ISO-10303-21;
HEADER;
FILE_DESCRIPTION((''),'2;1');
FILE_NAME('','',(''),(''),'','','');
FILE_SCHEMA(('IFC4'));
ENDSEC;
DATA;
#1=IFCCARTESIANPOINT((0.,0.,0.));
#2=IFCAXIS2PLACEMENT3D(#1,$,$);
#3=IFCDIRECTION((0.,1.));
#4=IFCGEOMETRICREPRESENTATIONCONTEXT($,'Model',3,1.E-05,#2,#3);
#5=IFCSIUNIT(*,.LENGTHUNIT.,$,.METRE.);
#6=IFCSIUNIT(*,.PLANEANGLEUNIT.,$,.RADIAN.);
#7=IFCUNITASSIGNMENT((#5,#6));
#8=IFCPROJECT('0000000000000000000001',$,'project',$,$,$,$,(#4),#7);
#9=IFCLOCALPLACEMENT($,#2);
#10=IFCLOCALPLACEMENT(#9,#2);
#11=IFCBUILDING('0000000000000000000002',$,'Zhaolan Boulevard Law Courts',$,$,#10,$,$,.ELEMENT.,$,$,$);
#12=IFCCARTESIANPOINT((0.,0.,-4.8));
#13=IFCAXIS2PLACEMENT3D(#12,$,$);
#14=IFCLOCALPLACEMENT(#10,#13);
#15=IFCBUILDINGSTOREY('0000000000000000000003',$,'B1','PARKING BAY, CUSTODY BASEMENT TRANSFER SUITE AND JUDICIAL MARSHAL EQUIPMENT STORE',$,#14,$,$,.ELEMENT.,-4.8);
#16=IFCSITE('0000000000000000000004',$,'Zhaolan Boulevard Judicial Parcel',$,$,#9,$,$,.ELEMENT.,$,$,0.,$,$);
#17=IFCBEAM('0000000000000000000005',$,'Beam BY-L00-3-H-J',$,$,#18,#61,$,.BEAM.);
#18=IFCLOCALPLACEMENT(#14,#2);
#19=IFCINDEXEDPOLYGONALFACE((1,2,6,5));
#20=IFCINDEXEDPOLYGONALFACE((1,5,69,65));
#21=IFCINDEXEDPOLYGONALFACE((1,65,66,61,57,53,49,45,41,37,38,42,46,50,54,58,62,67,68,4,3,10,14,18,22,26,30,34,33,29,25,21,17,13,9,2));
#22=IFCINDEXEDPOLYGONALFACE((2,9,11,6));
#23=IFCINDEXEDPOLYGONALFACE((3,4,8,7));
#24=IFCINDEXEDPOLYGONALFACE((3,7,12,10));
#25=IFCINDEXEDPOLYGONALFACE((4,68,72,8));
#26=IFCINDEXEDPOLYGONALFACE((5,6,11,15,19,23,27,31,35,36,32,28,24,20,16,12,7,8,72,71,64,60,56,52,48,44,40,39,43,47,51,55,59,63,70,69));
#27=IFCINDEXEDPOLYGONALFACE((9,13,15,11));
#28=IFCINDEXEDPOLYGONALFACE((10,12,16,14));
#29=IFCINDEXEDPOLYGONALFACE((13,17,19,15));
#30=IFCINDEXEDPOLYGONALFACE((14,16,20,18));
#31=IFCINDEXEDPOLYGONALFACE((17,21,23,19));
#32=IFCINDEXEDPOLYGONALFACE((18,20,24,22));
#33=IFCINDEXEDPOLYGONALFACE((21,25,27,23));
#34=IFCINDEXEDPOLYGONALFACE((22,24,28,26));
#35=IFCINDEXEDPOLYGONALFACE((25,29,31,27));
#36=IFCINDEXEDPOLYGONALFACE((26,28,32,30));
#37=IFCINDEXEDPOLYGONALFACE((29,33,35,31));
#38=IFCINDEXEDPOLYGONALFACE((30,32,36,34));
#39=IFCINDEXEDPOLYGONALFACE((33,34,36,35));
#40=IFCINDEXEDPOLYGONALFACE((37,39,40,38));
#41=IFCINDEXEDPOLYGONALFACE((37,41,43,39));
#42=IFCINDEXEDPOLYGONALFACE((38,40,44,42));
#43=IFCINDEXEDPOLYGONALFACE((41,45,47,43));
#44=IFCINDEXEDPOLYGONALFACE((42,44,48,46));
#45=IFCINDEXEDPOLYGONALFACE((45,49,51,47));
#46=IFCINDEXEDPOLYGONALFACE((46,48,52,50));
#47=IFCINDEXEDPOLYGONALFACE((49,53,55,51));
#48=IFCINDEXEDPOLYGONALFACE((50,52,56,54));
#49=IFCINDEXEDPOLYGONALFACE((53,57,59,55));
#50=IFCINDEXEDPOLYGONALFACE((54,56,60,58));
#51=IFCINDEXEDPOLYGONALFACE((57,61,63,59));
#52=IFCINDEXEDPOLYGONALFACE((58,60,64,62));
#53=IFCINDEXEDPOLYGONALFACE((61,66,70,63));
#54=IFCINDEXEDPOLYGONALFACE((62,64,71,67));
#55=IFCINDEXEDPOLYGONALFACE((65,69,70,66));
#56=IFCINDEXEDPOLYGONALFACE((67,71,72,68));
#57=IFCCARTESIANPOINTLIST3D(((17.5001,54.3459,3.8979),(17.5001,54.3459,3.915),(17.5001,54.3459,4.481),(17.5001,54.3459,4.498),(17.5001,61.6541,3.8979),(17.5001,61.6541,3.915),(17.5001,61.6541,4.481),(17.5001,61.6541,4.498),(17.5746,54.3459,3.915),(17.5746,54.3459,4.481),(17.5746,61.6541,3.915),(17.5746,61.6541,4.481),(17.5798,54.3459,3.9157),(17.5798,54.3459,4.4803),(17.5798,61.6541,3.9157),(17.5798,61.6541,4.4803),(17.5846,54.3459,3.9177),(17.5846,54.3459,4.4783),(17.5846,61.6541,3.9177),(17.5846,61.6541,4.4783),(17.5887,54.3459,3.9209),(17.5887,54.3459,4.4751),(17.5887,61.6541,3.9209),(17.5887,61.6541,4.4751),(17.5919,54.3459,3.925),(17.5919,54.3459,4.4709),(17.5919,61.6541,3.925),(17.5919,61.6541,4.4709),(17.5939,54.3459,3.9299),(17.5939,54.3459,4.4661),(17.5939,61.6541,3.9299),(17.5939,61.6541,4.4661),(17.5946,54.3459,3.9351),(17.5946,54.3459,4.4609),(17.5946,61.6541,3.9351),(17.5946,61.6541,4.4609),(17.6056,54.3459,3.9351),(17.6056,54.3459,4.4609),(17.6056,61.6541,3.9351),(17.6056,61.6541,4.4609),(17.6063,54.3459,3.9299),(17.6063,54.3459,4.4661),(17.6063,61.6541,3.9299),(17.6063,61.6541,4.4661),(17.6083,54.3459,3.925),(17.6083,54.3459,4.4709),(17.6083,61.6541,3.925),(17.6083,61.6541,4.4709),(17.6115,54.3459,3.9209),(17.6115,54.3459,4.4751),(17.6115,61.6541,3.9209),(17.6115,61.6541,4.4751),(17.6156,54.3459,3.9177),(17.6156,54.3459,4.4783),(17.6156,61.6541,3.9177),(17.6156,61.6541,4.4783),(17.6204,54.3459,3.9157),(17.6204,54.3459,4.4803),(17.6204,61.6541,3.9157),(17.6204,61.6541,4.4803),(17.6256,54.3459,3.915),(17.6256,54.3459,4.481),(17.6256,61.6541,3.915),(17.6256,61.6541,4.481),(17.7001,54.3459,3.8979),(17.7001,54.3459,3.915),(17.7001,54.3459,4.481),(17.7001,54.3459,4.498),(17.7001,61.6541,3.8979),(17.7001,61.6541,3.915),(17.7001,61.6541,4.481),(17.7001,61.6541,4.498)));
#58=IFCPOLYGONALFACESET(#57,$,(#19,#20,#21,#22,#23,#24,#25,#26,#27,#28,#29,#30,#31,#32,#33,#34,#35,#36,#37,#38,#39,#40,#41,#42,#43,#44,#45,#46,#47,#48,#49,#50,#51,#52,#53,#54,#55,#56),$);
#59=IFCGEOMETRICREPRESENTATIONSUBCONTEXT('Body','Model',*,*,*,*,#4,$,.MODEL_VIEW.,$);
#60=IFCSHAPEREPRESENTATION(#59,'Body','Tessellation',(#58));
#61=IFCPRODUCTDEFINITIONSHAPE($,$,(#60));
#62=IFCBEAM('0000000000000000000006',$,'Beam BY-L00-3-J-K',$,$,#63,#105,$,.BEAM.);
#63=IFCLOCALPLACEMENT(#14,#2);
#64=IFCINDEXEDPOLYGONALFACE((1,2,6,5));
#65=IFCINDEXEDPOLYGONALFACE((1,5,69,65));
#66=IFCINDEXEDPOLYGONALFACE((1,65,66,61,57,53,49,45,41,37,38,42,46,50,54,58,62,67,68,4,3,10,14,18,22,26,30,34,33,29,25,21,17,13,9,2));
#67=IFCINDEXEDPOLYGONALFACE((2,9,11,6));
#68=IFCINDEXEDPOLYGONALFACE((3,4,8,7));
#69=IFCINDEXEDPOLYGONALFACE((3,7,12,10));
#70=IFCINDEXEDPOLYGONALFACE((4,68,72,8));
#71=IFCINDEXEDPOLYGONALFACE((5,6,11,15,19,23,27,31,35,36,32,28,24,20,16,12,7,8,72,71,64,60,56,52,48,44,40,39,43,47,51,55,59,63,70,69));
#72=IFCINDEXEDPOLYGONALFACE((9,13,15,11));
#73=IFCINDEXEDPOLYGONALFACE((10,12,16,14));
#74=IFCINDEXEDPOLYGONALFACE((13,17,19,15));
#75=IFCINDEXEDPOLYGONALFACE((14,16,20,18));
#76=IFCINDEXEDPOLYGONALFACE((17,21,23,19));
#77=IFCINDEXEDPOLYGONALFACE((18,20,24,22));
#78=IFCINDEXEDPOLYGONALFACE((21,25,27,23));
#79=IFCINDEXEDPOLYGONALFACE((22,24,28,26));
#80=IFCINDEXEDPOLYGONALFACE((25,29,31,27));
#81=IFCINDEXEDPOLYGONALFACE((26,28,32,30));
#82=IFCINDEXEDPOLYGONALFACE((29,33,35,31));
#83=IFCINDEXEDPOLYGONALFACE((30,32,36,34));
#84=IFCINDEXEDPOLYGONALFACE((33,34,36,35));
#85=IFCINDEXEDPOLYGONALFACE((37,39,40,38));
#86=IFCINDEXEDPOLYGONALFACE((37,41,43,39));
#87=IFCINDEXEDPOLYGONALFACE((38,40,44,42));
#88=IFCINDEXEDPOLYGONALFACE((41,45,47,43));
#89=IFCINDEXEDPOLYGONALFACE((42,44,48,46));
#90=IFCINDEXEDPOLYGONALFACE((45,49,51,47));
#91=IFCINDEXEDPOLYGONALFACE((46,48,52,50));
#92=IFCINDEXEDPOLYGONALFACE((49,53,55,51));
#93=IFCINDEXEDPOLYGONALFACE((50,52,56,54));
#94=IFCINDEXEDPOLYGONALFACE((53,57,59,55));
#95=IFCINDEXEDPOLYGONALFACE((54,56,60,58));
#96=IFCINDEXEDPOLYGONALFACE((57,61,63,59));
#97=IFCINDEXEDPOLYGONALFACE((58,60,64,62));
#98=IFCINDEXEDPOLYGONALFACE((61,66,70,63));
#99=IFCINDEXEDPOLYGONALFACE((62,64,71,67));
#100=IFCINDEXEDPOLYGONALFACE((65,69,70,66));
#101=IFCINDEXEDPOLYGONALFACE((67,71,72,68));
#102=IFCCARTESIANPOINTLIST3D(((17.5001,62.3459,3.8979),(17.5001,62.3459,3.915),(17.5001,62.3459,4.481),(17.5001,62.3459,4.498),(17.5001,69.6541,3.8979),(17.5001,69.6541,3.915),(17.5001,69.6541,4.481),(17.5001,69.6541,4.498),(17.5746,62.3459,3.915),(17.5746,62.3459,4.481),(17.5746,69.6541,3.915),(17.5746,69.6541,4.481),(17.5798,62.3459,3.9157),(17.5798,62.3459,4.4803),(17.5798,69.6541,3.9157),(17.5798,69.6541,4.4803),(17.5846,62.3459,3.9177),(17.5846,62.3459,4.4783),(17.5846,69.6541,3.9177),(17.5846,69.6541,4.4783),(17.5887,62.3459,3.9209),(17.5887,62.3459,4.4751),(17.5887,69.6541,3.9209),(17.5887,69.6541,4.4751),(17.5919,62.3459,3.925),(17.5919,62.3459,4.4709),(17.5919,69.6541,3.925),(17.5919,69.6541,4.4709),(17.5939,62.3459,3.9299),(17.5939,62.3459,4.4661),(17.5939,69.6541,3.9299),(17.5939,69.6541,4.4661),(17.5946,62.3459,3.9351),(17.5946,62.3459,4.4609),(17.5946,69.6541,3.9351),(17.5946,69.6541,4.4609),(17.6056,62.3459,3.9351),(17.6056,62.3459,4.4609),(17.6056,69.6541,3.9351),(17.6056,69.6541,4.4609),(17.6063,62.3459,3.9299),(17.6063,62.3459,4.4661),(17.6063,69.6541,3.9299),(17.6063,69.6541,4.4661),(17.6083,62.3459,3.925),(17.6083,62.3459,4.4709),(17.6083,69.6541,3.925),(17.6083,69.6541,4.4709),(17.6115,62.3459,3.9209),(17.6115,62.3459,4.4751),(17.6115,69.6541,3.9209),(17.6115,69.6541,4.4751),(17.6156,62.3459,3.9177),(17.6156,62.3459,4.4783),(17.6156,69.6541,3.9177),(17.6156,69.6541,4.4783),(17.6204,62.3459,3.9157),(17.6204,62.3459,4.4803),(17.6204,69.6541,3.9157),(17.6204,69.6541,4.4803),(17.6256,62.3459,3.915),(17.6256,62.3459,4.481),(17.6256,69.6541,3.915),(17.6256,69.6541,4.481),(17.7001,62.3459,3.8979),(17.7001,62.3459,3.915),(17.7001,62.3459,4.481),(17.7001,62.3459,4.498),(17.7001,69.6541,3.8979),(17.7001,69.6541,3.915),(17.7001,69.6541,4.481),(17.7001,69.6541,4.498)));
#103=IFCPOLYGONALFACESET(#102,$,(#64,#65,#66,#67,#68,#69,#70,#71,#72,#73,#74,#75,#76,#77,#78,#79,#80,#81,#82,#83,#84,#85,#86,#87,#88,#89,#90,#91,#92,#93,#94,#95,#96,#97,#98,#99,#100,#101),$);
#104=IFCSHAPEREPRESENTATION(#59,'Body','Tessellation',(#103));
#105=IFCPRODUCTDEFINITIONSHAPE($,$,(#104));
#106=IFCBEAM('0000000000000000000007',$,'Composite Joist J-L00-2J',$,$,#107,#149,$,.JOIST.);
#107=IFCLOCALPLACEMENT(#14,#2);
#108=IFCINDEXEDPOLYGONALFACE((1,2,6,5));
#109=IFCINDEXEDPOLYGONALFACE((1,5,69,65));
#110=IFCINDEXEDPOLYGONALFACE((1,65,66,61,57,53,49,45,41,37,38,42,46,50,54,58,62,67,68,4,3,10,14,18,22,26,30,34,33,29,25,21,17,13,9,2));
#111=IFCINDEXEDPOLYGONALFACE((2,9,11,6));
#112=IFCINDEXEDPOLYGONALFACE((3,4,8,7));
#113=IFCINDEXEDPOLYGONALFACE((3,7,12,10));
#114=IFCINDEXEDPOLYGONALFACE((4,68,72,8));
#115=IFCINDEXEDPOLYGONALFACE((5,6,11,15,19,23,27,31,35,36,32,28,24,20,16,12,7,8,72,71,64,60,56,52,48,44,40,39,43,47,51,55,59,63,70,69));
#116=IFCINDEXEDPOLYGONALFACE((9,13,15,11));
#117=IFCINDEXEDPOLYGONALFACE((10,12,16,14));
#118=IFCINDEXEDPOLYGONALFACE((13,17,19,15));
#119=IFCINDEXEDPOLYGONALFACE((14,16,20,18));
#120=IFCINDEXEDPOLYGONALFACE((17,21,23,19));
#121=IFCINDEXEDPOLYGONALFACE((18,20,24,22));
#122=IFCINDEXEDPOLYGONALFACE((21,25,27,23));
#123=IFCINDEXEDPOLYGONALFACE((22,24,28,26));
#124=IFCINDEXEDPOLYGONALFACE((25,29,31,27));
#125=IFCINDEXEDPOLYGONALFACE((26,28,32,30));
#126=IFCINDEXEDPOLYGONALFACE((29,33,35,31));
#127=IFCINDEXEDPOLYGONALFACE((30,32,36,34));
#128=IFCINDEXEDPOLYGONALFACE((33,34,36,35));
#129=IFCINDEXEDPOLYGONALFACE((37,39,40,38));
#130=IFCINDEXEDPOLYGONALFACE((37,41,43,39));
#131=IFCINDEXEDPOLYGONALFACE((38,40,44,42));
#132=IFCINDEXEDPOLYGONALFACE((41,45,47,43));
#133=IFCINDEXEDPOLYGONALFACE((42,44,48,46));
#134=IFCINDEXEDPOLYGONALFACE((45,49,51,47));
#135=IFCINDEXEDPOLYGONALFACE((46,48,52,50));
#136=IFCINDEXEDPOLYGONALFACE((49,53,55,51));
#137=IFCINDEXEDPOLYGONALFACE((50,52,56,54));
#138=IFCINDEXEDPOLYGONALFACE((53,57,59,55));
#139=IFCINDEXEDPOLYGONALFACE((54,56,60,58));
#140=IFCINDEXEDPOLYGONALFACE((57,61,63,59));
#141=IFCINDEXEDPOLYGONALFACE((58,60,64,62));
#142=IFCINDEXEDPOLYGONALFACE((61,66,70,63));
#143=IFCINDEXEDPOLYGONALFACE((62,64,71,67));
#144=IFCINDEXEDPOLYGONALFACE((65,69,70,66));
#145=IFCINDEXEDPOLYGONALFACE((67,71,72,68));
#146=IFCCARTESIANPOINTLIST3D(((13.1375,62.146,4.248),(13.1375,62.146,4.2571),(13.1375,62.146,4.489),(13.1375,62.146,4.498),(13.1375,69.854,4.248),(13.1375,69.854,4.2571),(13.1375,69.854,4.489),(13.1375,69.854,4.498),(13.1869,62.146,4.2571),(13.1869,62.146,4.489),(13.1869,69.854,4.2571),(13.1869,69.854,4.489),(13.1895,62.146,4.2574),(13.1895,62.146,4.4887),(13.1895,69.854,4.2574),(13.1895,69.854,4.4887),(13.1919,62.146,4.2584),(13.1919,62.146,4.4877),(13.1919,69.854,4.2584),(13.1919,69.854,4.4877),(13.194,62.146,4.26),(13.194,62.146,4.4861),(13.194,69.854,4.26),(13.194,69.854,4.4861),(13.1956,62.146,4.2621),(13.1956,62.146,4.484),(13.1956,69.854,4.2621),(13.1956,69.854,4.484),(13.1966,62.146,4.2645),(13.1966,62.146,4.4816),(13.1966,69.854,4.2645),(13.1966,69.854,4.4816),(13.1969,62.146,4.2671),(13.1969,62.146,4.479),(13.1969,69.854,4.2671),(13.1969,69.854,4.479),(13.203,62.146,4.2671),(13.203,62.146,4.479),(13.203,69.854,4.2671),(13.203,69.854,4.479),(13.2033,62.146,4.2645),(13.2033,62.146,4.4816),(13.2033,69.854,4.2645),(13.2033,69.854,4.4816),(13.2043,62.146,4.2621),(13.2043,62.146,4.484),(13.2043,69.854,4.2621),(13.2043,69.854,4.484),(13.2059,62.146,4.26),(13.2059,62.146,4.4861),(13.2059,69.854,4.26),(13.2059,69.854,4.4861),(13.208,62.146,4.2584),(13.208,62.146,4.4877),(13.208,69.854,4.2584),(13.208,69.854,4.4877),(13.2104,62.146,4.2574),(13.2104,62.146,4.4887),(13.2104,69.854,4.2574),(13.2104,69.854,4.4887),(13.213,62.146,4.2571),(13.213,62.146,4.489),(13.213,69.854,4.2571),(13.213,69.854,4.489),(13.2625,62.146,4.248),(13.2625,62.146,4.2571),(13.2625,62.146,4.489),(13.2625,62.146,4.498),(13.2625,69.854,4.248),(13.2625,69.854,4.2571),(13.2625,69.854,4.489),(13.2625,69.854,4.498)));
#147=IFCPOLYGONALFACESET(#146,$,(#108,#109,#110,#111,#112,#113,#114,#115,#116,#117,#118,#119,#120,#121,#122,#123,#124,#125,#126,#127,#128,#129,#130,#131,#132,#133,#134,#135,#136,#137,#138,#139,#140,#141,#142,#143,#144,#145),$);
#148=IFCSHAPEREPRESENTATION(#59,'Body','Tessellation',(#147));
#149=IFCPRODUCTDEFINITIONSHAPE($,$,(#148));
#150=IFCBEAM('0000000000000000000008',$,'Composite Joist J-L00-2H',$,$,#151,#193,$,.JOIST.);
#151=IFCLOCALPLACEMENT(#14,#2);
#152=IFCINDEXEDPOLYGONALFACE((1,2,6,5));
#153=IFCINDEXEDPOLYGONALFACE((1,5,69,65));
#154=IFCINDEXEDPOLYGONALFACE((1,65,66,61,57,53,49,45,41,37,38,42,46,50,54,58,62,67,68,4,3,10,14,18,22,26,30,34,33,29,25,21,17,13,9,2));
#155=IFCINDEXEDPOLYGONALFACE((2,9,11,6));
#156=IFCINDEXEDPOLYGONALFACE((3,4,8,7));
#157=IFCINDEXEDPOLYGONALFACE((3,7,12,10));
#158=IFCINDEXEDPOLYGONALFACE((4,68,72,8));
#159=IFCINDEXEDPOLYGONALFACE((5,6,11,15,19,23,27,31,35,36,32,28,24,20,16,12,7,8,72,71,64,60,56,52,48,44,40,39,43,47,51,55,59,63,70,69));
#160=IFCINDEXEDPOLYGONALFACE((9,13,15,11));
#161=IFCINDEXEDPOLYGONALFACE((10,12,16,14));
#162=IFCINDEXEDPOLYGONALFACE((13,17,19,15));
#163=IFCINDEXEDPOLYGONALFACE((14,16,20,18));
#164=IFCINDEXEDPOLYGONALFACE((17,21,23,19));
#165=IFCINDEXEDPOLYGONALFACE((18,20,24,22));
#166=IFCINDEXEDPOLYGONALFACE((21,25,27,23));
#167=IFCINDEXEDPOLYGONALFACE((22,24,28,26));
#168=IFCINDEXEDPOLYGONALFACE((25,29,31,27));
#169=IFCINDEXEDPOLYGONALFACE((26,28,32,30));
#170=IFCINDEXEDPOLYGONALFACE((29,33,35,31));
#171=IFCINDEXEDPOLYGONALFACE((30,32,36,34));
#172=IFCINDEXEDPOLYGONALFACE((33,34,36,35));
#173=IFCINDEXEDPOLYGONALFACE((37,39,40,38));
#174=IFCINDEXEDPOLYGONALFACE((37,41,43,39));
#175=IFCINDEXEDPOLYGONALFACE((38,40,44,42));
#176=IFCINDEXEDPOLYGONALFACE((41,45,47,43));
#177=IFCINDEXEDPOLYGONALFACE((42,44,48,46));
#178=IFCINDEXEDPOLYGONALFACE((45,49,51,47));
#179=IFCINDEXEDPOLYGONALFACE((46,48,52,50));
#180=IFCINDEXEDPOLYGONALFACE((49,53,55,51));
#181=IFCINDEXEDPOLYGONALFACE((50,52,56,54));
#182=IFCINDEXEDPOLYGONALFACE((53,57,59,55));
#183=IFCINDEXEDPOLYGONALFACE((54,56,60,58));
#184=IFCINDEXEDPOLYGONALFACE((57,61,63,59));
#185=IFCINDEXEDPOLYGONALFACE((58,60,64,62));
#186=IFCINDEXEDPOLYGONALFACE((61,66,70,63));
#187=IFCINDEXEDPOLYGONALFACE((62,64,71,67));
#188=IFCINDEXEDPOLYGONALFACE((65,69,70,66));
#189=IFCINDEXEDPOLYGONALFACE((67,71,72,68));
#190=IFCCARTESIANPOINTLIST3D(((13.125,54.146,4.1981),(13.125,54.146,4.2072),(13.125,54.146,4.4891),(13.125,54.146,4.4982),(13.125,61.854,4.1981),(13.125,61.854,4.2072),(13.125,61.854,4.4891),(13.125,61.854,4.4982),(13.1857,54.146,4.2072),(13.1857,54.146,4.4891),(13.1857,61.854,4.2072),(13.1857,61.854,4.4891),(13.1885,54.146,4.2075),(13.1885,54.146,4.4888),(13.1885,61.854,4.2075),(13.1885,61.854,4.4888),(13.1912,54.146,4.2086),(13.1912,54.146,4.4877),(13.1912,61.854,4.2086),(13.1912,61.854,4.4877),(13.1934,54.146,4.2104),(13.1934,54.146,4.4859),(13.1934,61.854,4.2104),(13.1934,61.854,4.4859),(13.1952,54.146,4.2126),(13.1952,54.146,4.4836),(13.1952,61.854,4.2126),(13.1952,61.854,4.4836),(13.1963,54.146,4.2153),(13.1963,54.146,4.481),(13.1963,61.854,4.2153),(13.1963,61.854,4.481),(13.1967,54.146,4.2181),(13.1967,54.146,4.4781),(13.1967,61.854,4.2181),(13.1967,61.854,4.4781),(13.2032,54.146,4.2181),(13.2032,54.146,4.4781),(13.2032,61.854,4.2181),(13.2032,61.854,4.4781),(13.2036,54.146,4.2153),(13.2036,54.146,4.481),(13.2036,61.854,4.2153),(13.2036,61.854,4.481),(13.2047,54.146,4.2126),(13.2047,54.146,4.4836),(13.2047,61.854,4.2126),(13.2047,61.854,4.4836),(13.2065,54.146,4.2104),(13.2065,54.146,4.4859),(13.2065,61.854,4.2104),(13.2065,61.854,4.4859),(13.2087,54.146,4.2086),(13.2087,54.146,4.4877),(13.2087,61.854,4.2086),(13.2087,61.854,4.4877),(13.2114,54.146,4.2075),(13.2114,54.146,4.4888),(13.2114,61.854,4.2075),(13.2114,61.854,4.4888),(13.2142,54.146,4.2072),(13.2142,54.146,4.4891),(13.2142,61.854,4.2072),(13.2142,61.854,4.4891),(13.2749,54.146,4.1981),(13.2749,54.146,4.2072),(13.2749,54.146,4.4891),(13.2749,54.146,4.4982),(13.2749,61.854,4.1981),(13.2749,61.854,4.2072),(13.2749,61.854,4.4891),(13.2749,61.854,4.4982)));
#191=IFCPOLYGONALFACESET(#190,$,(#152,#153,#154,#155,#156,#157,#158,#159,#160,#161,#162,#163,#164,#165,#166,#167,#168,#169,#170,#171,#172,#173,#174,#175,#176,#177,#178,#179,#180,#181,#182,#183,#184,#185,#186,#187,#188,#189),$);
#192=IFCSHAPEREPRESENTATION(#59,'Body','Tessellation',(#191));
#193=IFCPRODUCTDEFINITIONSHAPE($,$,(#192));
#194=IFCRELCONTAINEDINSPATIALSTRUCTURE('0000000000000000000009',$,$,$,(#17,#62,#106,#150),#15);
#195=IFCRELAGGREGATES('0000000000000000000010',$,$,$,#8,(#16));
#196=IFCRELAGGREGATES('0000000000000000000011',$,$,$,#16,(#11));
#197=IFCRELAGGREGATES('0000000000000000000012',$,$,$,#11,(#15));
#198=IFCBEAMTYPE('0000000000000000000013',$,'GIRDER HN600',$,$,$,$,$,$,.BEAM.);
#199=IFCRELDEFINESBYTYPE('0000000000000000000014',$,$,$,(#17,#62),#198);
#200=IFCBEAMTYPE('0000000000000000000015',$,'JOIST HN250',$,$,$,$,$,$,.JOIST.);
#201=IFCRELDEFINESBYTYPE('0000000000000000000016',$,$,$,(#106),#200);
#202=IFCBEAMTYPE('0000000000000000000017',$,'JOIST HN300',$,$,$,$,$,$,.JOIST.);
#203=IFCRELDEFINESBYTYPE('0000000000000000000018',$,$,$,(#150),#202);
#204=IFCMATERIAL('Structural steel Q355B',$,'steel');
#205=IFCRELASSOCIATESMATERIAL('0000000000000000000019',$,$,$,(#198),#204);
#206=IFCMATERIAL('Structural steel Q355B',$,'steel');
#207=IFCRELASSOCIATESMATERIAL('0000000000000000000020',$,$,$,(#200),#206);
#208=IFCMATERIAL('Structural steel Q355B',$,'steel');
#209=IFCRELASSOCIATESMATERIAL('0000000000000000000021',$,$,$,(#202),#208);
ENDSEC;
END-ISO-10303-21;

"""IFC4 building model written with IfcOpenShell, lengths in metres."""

from ifc_helpers import new_model, si_unit, direction, frame, origin, origin_2d, place, context, subcontext, project, spatial, i_section, extrude, material, material_profile, profile_set, type_object, element, save


model = new_model("IFC4")

# Units and contexts
model_context = context("Model", 3, precision=1e-05, world=origin(), true_north=direction((0.0, 1.0)))
body_context = subcontext(model_context, "Body", "Model", "MODEL_VIEW")
ifc_project = project(units=[si_unit("LENGTHUNIT", "METRE"), si_unit("PLANEANGLEUNIT", "RADIAN")], contexts=[model_context])

# Site, building, storey
site_placement = place(None, origin())
site = spatial("IfcSite", under=ifc_project, at=site_placement, Name="Zhaolan Boulevard Judicial Parcel", CompositionType="ELEMENT", RefElevation=0.0)
building_placement = place(site_placement, origin())
building = spatial("IfcBuilding", under=site, at=building_placement, Name="Zhaolan Boulevard Law Courts", CompositionType="ELEMENT")
storey_placement = place(building_placement, frame((0.0, 0.0, -4.8)))
storey = spatial("IfcBuildingStorey", under=building, at=storey_placement, Name="B1", Description="PARKING BAY, CUSTODY BASEMENT TRANSFER SUITE AND JUDICIAL MARSHAL EQUIPMENT STORE", CompositionType="ELEMENT", Elevation=-4.8)

# Beams
ifc_material_1 = material(Name="Structural steel Q355B", Category="steel")
ifc_material_profile_1 = material_profile(ifc_material_1, i_section(OverallWidth=0.2, OverallDepth=0.6001, WebThickness=0.011, FlangeThickness=0.0171, FilletRadius=0.02, at=origin_2d()), Name="HN600x200")
ifc_profile_set_1 = profile_set([ifc_material_profile_1], Name="Structural steel Q355B")
beam_type_1 = type_object("IfcBeamType", Name="GIRDER HN600", PredefinedType="BEAM", material=ifc_profile_set_1)
for number, where, z_axis, x_axis, name in (
    (1, (17.6001, 54.3459, 4.198), (0.0, 1.0, 0.0), (-1.0, 0.0, 0.0), "Beam BY-L00-3-H-J"),
    (2, (17.6001, 62.3459, 4.198), (0.0, 1.0, 0.0), (-1.0, 0.0, 0.0), "Beam BY-L00-3-J-K"),
):
    element("IfcBeam", number, at=place(storey_placement, frame(where, z_axis=z_axis, x_axis=x_axis)), inside=storey, type_object=beam_type_1, Name=name, PredefinedType="BEAM", context=body_context, shape_type="SweptSolid", body=[
        extrude(i_section(OverallWidth=0.2, OverallDepth=0.6001, WebThickness=0.011, FlangeThickness=0.0171, FilletRadius=0.02, at=origin_2d()), origin(), (0.0, 0.0, 1.0), 7.3081),
    ])
ifc_material_2 = material(Name="Structural steel Q355B", Category="steel")
ifc_material_profile_2 = material_profile(ifc_material_2, i_section(OverallWidth=0.125, OverallDepth=0.25, WebThickness=0.0061, FlangeThickness=0.009, FilletRadius=0.01, at=origin_2d()), Name="HN250x125")
ifc_profile_set_2 = profile_set([ifc_material_profile_2], Name="Structural steel Q355B")
beam_type_2 = type_object("IfcBeamType", Name="JOIST HN250", PredefinedType="JOIST", material=ifc_profile_set_2)
beam_1_placement = place(storey_placement, frame((13.2, 62.146, 4.373), z_axis=(0.0, 1.0, 0.0), x_axis=(-1.0, 0.0, 0.0)))
element("IfcBeam", 3, at=beam_1_placement, inside=storey, type_object=beam_type_2, Name="Composite Joist J-L00-2J", PredefinedType="JOIST", context=body_context, shape_type="SweptSolid", body=[
    extrude(i_section(OverallWidth=0.125, OverallDepth=0.25, WebThickness=0.0061, FlangeThickness=0.009, FilletRadius=0.01, at=origin_2d()), origin(), (0.0, 0.0, 1.0), 7.708),
])
ifc_material_3 = material(Name="Structural steel Q355B", Category="steel")
ifc_material_profile_3 = material_profile(ifc_material_3, i_section(OverallWidth=0.1499, OverallDepth=0.3, WebThickness=0.0066, FlangeThickness=0.009, FilletRadius=0.011, at=origin_2d()), Name="HN300x150")
ifc_profile_set_3 = profile_set([ifc_material_profile_3], Name="Structural steel Q355B")
beam_type_3 = type_object("IfcBeamType", Name="JOIST HN300", PredefinedType="JOIST", material=ifc_profile_set_3)
beam_2_placement = place(storey_placement, frame((13.2, 54.146, 4.3481), z_axis=(0.0, 1.0, 0.0), x_axis=(-1.0, 0.0, 0.0)))
element("IfcBeam", 4, at=beam_2_placement, inside=storey, type_object=beam_type_3, Name="Composite Joist J-L00-2H", PredefinedType="JOIST", context=body_context, shape_type="SweptSolid", body=[
    extrude(i_section(OverallWidth=0.1499, OverallDepth=0.3, WebThickness=0.0066, FlangeThickness=0.009, FilletRadius=0.011, at=origin_2d()), origin(), (0.0, 0.0, 1.0), 7.708),
])

save(model, "model.ifc")
